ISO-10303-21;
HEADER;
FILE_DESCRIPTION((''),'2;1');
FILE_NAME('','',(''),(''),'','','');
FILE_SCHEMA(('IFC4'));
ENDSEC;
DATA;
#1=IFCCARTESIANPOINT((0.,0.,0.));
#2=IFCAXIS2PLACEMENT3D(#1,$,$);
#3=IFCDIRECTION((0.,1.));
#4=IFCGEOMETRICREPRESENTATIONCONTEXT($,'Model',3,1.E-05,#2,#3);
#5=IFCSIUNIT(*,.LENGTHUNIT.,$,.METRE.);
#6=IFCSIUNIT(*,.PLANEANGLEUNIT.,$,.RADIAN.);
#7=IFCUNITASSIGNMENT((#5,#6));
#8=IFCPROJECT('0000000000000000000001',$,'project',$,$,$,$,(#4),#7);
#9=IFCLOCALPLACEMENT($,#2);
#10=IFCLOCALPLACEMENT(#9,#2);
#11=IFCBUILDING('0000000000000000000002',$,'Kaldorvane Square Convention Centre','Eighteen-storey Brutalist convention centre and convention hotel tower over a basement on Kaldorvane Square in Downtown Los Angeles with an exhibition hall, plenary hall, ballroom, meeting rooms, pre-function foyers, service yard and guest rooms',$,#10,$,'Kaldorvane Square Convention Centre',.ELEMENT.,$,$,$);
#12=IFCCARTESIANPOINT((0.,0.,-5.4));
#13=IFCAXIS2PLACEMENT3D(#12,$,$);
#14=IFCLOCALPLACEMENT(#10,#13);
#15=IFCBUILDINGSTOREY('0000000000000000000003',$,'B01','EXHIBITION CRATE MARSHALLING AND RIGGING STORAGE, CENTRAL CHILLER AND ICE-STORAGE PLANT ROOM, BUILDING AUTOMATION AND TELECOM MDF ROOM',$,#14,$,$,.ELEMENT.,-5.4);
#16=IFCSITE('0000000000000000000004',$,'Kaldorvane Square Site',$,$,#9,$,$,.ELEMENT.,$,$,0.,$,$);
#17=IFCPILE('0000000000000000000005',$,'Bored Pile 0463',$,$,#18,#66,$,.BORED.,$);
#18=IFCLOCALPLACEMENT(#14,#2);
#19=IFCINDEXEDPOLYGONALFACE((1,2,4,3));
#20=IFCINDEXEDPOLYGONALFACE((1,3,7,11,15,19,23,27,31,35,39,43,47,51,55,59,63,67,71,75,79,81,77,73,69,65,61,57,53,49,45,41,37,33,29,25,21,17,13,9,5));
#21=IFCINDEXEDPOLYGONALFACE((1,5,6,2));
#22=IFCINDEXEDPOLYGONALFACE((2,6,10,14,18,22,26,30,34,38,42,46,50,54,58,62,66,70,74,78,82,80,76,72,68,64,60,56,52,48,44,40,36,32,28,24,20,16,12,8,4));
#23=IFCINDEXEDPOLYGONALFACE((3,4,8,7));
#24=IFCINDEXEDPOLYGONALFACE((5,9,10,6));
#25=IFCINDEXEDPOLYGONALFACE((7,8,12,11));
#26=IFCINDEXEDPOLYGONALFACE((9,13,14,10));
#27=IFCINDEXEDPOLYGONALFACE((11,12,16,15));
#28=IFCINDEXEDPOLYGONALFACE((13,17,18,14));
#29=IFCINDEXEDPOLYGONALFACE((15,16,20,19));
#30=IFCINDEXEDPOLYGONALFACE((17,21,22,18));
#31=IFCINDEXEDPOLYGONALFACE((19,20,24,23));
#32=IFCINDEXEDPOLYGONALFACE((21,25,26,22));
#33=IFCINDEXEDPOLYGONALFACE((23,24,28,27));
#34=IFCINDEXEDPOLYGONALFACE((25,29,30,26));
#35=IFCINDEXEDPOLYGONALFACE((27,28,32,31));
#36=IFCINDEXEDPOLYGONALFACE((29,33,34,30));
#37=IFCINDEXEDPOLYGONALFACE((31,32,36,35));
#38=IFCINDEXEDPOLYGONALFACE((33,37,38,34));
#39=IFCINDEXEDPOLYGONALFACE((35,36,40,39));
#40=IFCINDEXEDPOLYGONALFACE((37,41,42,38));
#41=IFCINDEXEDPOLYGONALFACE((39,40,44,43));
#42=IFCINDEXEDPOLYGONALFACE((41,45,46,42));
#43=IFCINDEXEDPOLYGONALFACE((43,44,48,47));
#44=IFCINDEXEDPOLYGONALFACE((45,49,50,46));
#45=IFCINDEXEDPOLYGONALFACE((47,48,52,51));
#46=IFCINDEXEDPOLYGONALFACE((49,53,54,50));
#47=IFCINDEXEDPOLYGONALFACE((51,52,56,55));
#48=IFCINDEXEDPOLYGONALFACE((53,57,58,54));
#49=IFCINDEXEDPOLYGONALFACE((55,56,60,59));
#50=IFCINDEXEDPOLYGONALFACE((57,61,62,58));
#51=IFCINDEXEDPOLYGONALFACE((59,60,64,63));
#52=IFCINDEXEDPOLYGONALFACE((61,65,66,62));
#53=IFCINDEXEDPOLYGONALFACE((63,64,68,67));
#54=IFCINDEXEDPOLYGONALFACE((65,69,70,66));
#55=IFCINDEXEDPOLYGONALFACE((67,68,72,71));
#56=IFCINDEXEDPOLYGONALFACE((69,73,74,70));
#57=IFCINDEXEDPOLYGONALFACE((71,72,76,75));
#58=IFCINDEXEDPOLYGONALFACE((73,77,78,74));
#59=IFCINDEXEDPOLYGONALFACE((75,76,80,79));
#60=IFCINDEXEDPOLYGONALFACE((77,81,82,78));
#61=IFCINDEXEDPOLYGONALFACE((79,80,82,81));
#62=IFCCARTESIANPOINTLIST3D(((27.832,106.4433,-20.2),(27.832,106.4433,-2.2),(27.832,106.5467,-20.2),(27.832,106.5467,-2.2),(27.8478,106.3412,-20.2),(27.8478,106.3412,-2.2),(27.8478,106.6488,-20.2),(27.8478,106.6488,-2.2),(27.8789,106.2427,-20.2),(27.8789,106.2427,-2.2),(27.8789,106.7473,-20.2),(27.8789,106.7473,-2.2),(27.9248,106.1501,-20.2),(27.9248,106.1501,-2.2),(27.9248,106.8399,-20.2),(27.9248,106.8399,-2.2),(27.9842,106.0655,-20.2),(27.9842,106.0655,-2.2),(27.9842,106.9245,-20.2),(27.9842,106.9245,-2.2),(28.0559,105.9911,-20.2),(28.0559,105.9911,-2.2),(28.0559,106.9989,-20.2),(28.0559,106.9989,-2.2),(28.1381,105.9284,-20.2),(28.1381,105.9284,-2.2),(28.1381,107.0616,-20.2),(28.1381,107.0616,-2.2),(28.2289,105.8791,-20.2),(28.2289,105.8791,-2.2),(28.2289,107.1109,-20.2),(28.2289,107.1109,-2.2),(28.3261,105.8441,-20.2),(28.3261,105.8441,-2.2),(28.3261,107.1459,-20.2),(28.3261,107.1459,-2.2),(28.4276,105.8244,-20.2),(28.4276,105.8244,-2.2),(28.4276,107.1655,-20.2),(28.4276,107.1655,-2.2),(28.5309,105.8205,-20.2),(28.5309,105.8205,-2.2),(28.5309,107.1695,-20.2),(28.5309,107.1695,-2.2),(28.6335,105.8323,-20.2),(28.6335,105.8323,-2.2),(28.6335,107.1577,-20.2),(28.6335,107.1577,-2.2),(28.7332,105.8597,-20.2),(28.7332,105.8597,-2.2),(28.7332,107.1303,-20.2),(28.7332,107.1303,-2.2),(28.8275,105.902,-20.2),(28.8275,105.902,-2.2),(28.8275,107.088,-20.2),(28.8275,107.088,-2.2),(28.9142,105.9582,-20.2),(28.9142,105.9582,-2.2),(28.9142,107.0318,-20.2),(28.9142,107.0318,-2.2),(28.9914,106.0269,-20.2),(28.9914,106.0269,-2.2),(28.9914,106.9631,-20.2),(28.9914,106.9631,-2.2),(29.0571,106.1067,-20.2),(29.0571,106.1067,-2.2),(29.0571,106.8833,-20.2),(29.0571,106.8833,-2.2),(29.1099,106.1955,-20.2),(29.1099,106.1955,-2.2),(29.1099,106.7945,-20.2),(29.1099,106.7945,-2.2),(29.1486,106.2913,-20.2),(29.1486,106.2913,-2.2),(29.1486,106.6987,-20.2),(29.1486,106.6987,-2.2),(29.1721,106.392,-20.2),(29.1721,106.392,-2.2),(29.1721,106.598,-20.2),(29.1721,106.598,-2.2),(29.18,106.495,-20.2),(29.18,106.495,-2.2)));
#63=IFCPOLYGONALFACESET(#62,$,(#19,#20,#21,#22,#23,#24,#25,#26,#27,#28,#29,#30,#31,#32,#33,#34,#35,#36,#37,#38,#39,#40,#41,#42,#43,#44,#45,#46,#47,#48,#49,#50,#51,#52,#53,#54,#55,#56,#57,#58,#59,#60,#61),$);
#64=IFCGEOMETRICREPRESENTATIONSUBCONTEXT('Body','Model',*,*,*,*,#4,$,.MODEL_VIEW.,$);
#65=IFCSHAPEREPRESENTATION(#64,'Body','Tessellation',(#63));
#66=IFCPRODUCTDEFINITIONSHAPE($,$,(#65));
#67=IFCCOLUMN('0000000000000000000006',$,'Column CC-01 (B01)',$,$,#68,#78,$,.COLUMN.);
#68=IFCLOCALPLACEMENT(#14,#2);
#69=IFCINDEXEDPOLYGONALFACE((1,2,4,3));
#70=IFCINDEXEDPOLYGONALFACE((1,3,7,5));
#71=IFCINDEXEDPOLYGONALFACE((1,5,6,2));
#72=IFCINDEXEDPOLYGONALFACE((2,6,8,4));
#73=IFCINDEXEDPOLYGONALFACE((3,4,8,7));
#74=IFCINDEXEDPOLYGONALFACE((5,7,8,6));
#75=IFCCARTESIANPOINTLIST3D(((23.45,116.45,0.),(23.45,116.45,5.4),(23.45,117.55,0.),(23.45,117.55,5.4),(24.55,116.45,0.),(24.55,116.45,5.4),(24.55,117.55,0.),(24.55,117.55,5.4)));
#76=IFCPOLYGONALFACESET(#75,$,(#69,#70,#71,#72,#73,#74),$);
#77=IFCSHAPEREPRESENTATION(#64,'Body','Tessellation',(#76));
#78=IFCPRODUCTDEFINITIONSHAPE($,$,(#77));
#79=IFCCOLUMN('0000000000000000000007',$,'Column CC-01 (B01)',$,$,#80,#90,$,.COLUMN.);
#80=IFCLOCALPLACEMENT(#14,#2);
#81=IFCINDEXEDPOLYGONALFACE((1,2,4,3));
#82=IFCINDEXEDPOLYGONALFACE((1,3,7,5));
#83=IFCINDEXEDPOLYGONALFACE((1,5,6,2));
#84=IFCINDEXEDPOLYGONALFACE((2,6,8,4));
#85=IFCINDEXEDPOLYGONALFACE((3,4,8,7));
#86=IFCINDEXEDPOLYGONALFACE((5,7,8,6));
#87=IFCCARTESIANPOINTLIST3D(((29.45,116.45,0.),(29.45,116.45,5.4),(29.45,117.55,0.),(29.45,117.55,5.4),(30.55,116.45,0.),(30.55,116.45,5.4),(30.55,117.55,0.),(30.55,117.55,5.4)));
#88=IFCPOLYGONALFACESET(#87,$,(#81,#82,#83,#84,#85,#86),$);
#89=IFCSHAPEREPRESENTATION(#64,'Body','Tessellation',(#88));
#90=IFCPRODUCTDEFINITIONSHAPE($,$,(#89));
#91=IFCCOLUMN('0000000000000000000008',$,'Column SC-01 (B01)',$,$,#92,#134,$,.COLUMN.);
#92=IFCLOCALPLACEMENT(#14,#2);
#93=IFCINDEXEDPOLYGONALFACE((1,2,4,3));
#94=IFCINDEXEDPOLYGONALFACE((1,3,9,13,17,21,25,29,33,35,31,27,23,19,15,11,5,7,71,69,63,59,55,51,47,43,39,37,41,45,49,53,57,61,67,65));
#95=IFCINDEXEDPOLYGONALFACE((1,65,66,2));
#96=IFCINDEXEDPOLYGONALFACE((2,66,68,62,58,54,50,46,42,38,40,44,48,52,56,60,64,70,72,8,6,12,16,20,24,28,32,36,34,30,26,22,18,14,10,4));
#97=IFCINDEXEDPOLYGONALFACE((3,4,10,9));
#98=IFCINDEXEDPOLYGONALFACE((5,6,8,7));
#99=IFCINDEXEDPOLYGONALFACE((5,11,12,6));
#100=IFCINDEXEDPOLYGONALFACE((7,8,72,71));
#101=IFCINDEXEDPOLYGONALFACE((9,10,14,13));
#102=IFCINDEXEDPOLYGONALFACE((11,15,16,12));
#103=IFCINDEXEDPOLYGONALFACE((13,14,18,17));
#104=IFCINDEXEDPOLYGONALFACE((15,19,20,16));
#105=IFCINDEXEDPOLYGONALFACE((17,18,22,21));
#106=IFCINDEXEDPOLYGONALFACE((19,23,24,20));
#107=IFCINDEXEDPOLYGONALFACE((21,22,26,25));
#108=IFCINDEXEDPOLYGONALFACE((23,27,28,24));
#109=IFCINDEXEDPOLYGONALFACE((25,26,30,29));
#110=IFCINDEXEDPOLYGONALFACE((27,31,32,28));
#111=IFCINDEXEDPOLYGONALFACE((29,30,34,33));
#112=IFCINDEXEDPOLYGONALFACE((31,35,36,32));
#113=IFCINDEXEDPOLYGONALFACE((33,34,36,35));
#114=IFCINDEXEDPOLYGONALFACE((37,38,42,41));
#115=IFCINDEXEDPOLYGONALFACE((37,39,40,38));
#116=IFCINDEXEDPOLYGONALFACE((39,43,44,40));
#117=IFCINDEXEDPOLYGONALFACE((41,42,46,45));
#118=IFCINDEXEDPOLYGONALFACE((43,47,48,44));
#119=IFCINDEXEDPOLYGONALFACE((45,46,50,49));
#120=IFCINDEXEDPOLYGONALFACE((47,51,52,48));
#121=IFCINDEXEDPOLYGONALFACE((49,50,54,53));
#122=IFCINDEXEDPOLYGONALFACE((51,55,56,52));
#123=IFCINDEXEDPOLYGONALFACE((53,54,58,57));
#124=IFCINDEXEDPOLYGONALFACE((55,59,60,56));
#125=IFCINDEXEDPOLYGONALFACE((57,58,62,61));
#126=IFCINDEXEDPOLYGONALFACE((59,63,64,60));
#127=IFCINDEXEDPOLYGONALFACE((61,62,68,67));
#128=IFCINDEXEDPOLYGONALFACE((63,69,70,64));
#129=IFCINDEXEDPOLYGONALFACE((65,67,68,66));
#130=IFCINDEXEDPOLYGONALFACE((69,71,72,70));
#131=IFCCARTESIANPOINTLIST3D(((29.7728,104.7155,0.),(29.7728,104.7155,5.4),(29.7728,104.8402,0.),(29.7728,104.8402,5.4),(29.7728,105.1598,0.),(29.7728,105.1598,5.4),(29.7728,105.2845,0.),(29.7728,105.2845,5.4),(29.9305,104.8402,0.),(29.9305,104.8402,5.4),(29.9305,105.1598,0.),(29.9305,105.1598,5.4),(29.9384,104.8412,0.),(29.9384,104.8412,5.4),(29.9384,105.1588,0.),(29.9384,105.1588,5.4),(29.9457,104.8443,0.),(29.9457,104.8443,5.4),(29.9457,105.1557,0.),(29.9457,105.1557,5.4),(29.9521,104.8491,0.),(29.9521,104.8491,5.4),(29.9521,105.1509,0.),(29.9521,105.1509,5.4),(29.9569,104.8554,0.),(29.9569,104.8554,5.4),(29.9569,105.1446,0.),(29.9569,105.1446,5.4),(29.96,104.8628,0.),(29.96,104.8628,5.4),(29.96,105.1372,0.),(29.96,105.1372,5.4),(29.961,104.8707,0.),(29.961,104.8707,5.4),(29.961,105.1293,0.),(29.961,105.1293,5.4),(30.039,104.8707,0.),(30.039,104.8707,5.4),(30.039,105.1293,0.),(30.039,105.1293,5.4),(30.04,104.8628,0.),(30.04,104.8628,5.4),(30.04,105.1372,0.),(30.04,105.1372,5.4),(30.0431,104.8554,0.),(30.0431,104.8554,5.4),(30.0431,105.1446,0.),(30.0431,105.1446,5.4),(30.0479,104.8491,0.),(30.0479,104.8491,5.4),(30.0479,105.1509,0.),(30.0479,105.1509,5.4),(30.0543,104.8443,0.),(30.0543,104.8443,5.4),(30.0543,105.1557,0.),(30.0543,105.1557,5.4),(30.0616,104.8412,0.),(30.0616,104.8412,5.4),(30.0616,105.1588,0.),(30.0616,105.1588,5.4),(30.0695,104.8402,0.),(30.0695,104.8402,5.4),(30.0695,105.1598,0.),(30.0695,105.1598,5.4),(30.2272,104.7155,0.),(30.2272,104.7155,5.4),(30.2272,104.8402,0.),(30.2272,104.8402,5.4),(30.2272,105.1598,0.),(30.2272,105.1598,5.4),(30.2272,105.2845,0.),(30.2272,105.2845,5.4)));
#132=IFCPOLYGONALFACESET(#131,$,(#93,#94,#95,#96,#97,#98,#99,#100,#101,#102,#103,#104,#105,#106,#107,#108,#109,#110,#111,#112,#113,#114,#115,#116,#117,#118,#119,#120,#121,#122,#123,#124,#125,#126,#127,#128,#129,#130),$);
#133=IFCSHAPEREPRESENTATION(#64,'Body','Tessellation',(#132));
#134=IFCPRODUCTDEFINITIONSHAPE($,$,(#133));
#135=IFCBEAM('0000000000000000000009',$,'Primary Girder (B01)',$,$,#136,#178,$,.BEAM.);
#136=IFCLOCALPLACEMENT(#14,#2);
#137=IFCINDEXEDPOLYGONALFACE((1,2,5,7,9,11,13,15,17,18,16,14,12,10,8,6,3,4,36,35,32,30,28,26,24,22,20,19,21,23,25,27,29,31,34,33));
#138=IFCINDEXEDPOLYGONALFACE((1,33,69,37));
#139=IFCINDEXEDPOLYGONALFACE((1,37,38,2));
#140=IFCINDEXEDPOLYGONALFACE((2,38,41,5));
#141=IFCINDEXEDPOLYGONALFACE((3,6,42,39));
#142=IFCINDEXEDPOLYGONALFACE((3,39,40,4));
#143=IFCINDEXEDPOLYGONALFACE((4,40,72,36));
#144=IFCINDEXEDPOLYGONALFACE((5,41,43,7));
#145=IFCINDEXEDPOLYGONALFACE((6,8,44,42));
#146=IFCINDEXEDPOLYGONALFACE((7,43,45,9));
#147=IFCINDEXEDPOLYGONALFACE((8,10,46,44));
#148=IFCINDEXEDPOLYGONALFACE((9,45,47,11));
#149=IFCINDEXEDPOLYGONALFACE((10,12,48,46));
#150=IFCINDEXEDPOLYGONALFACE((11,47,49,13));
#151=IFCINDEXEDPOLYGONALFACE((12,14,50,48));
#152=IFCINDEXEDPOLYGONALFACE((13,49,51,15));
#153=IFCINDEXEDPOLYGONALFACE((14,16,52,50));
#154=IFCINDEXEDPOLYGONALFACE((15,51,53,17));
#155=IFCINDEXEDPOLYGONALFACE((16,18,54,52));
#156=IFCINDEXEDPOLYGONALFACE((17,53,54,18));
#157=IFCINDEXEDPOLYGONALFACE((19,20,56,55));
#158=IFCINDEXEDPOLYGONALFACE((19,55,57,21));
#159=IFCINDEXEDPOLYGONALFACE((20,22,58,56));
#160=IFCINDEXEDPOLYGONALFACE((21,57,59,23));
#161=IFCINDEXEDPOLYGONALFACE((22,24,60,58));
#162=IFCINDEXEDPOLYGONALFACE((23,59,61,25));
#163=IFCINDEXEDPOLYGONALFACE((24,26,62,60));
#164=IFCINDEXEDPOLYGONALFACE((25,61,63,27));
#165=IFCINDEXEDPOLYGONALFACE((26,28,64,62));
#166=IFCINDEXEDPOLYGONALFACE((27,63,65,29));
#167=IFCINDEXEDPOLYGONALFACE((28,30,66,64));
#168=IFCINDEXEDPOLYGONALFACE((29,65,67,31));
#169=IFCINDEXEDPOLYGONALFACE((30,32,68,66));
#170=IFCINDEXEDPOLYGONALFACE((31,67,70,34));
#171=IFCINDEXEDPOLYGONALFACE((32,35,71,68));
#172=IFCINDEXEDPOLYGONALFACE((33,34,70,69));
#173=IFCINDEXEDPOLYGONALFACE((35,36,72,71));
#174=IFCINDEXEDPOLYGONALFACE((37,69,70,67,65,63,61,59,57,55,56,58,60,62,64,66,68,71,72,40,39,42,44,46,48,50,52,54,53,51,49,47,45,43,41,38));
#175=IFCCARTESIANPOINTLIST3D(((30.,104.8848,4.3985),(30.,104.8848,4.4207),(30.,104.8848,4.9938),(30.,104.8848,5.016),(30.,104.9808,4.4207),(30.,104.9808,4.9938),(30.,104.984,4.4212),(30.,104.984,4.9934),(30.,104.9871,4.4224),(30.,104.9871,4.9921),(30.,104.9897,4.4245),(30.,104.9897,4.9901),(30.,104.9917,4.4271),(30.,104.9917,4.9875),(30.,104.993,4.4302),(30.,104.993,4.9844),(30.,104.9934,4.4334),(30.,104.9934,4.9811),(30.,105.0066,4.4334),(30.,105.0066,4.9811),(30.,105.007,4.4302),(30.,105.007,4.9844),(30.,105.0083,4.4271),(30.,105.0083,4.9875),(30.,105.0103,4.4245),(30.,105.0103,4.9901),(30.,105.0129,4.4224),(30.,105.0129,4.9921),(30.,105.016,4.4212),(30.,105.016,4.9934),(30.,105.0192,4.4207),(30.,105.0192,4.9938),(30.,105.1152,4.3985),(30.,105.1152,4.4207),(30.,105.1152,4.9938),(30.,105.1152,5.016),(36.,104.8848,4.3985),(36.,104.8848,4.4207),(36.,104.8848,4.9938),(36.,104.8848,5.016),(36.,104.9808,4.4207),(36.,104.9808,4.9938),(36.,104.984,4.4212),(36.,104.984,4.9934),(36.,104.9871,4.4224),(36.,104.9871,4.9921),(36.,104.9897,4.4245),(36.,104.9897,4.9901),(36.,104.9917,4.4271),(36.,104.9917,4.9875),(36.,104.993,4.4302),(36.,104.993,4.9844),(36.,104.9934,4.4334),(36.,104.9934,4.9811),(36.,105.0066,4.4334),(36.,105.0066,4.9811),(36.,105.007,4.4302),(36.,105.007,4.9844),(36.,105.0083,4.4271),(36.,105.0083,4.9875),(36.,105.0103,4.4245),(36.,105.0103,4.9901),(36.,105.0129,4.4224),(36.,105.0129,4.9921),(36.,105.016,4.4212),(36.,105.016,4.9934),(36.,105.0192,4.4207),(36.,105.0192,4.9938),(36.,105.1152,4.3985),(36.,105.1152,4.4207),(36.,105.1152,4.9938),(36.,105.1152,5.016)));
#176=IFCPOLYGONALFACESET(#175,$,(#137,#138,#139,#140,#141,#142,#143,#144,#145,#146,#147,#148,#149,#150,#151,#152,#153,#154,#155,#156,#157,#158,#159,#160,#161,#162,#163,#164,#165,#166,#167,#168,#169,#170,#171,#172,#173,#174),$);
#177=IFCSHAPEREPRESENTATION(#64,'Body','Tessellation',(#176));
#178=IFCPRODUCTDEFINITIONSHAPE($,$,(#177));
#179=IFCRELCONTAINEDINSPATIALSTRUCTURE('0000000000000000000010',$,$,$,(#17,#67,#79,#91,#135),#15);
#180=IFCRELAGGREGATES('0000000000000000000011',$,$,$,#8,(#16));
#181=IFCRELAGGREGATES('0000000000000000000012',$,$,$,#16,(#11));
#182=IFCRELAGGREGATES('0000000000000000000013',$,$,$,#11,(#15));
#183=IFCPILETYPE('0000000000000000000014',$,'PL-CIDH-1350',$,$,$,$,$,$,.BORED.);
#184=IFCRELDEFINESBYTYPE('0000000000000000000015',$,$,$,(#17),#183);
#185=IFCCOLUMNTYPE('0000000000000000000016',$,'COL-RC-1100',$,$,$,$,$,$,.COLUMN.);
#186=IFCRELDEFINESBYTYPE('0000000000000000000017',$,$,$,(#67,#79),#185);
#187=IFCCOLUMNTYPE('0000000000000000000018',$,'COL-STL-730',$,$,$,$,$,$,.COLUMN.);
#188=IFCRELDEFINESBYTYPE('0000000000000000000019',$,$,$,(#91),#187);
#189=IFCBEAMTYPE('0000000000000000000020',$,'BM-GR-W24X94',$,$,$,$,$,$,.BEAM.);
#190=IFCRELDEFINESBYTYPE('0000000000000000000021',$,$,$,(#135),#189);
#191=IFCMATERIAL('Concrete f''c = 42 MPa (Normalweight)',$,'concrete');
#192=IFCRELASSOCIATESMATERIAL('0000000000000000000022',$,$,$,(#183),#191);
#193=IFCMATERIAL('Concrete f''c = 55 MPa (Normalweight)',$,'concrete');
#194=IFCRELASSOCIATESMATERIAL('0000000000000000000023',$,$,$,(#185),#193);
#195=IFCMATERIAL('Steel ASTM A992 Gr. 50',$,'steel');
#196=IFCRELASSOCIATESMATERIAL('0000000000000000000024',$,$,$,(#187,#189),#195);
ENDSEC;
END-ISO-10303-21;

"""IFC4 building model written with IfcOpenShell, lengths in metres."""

from ifc_helpers import new_model, si_unit, direction, frame, origin, origin_2d, place, context, subcontext, project, spatial, rectangle, circle, i_section, extrude, material, material_profile, profile_set, type_object, element, save


model = new_model("IFC4")

# Units and contexts
model_context = context("Model", 3, precision=1e-05, world=origin(), true_north=direction((0.0, 1.0)))
body_context = subcontext(model_context, "Body", "Model", "MODEL_VIEW")
ifc_project = project(units=[si_unit("LENGTHUNIT", "METRE"), si_unit("PLANEANGLEUNIT", "RADIAN")], contexts=[model_context])

# Site, building, storey
site_placement = place(None, origin())
site = spatial("IfcSite", under=ifc_project, at=site_placement, Name="Kaldorvane Square Site", CompositionType="ELEMENT", RefElevation=0.0)
building_placement = place(site_placement, origin())
building = spatial("IfcBuilding", under=site, at=building_placement, Name="Kaldorvane Square Convention Centre", Description="Eighteen-storey Brutalist convention centre and convention hotel tower over a basement on Kaldorvane Square in Downtown Los Angeles with an exhibition hall, plenary hall, ballroom, meeting rooms, pre-function foyers, service yard and guest rooms", LongName="Kaldorvane Square Convention Centre", CompositionType="ELEMENT")
storey_placement = place(building_placement, frame((0.0, 0.0, -5.4)))
storey = spatial("IfcBuildingStorey", under=building, at=storey_placement, Name="B01", Description="EXHIBITION CRATE MARSHALLING AND RIGGING STORAGE, CENTRAL CHILLER AND ICE-STORAGE PLANT ROOM, BUILDING AUTOMATION AND TELECOM MDF ROOM", CompositionType="ELEMENT", Elevation=-5.4)

# Shared definitions
ifc_material_1 = material(Name="Concrete f'c = 42 MPa (Normalweight)", Category="concrete")

# Pile
ifc_material_profile_1 = material_profile(ifc_material_1, circle(Radius=0.675, at=origin_2d()), Name="PILE-D1350")
ifc_profile_set_1 = profile_set([ifc_material_profile_1], Name="Concrete f'c = 42 MPa (Normalweight)")
pile_type_1 = type_object("IfcPileType", Name="PL-CIDH-1350", PredefinedType="BORED", material=ifc_profile_set_1)
for number, where, z_axis, x_axis, name in (
    (1, (28.505, 106.495, -2.2), (0.0, 0.0, -1.0), (1.0, 0.0, 0.0), "Bored Pile 0463"),
):
    element("IfcPile", number, at=place(storey_placement, frame(where, z_axis=z_axis, x_axis=x_axis)), inside=storey, type_object=pile_type_1, Name=name, PredefinedType="BORED", context=body_context, shape_type="SweptSolid", body=[
        extrude(circle(Radius=0.675, at=origin_2d()), origin(), (0.0, 0.0, 1.0), 18.0),
    ])

# Columns
ifc_material_2 = material(Name="Concrete f'c = 55 MPa (Normalweight)", Category="concrete")
ifc_material_profile_2 = material_profile(ifc_material_2, rectangle(XDim=1.1, YDim=1.1, at=origin_2d()), Name="RC1100X1100")
ifc_profile_set_2 = profile_set([ifc_material_profile_2], Name="Concrete f'c = 55 MPa (Normalweight)")
column_type_1 = type_object("IfcColumnType", Name="COL-RC-1100", PredefinedType="COLUMN", material=ifc_profile_set_2)
for number, where, z_axis, x_axis, name in (
    (2, (24.0, 117.0, 0.0), (0.0, 0.0, 1.0), (1.0, 0.0, 0.0), "Column CC-01 (B01)"),
    (3, (30.0, 117.0, 0.0), (0.0, 0.0, 1.0), (1.0, 0.0, 0.0), "Column CC-01 (B01)"),
):
    element("IfcColumn", number, at=place(storey_placement, frame(where, z_axis=z_axis, x_axis=x_axis)), inside=storey, type_object=column_type_1, Name=name, PredefinedType="COLUMN", context=body_context, shape_type="SweptSolid", body=[
        extrude(rectangle(XDim=1.1, YDim=1.1, at=origin_2d()), origin(), (0.0, 0.0, 1.0), 5.4),
    ])
ifc_material_3 = material(Name="Steel ASTM A992 Gr. 50", Category="steel")
ifc_material_profile_3 = material_profile(ifc_material_3, i_section(OverallWidth=0.4544, OverallDepth=0.569, WebThickness=0.078, FlangeThickness=0.1247, FilletRadius=0.0305, at=origin_2d()), Name="W14X730")
ifc_profile_set_3 = profile_set([ifc_material_profile_3], Name="Steel ASTM A992 Gr. 50")
column_type_2 = type_object("IfcColumnType", Name="COL-STL-730", PredefinedType="COLUMN", material=ifc_profile_set_3)
column_placement = place(storey_placement, frame((30.0, 105.0, 0.0), z_axis=(0.0, 0.0, 1.0), x_axis=(1.0, 0.0, 0.0)))
element("IfcColumn", 4, at=column_placement, inside=storey, type_object=column_type_2, Name="Column SC-01 (B01)", PredefinedType="COLUMN", context=body_context, shape_type="SweptSolid", body=[
    extrude(i_section(OverallWidth=0.4544, OverallDepth=0.569, WebThickness=0.078, FlangeThickness=0.1247, FilletRadius=0.0305, at=origin_2d()), origin(), (0.0, 0.0, 1.0), 5.4),
])

# Beam
ifc_material_profile_4 = material_profile(ifc_material_3, i_section(OverallWidth=0.2303, OverallDepth=0.6175, WebThickness=0.0131, FlangeThickness=0.0222, FilletRadius=0.0127, at=origin_2d()), Name="W24X94")
ifc_profile_set_4 = profile_set([ifc_material_profile_4], Name="Steel ASTM A992 Gr. 50")
beam_type_1 = type_object("IfcBeamType", Name="BM-GR-W24X94", PredefinedType="BEAM", material=ifc_profile_set_4)
beam_placement = place(storey_placement, frame((30.0, 105.0, 4.7073), z_axis=(1.0, 0.0, 0.0), x_axis=(0.0, 1.0, 0.0)))
element("IfcBeam", 5, at=beam_placement, inside=storey, type_object=beam_type_1, Name="Primary Girder (B01)", PredefinedType="BEAM", context=body_context, shape_type="SweptSolid", body=[
    extrude(i_section(OverallWidth=0.2303, OverallDepth=0.6175, WebThickness=0.0131, FlangeThickness=0.0222, FilletRadius=0.0127, at=origin_2d()), origin(), (0.0, 0.0, 1.0), 6.0),
])

save(model, "model.ifc")
